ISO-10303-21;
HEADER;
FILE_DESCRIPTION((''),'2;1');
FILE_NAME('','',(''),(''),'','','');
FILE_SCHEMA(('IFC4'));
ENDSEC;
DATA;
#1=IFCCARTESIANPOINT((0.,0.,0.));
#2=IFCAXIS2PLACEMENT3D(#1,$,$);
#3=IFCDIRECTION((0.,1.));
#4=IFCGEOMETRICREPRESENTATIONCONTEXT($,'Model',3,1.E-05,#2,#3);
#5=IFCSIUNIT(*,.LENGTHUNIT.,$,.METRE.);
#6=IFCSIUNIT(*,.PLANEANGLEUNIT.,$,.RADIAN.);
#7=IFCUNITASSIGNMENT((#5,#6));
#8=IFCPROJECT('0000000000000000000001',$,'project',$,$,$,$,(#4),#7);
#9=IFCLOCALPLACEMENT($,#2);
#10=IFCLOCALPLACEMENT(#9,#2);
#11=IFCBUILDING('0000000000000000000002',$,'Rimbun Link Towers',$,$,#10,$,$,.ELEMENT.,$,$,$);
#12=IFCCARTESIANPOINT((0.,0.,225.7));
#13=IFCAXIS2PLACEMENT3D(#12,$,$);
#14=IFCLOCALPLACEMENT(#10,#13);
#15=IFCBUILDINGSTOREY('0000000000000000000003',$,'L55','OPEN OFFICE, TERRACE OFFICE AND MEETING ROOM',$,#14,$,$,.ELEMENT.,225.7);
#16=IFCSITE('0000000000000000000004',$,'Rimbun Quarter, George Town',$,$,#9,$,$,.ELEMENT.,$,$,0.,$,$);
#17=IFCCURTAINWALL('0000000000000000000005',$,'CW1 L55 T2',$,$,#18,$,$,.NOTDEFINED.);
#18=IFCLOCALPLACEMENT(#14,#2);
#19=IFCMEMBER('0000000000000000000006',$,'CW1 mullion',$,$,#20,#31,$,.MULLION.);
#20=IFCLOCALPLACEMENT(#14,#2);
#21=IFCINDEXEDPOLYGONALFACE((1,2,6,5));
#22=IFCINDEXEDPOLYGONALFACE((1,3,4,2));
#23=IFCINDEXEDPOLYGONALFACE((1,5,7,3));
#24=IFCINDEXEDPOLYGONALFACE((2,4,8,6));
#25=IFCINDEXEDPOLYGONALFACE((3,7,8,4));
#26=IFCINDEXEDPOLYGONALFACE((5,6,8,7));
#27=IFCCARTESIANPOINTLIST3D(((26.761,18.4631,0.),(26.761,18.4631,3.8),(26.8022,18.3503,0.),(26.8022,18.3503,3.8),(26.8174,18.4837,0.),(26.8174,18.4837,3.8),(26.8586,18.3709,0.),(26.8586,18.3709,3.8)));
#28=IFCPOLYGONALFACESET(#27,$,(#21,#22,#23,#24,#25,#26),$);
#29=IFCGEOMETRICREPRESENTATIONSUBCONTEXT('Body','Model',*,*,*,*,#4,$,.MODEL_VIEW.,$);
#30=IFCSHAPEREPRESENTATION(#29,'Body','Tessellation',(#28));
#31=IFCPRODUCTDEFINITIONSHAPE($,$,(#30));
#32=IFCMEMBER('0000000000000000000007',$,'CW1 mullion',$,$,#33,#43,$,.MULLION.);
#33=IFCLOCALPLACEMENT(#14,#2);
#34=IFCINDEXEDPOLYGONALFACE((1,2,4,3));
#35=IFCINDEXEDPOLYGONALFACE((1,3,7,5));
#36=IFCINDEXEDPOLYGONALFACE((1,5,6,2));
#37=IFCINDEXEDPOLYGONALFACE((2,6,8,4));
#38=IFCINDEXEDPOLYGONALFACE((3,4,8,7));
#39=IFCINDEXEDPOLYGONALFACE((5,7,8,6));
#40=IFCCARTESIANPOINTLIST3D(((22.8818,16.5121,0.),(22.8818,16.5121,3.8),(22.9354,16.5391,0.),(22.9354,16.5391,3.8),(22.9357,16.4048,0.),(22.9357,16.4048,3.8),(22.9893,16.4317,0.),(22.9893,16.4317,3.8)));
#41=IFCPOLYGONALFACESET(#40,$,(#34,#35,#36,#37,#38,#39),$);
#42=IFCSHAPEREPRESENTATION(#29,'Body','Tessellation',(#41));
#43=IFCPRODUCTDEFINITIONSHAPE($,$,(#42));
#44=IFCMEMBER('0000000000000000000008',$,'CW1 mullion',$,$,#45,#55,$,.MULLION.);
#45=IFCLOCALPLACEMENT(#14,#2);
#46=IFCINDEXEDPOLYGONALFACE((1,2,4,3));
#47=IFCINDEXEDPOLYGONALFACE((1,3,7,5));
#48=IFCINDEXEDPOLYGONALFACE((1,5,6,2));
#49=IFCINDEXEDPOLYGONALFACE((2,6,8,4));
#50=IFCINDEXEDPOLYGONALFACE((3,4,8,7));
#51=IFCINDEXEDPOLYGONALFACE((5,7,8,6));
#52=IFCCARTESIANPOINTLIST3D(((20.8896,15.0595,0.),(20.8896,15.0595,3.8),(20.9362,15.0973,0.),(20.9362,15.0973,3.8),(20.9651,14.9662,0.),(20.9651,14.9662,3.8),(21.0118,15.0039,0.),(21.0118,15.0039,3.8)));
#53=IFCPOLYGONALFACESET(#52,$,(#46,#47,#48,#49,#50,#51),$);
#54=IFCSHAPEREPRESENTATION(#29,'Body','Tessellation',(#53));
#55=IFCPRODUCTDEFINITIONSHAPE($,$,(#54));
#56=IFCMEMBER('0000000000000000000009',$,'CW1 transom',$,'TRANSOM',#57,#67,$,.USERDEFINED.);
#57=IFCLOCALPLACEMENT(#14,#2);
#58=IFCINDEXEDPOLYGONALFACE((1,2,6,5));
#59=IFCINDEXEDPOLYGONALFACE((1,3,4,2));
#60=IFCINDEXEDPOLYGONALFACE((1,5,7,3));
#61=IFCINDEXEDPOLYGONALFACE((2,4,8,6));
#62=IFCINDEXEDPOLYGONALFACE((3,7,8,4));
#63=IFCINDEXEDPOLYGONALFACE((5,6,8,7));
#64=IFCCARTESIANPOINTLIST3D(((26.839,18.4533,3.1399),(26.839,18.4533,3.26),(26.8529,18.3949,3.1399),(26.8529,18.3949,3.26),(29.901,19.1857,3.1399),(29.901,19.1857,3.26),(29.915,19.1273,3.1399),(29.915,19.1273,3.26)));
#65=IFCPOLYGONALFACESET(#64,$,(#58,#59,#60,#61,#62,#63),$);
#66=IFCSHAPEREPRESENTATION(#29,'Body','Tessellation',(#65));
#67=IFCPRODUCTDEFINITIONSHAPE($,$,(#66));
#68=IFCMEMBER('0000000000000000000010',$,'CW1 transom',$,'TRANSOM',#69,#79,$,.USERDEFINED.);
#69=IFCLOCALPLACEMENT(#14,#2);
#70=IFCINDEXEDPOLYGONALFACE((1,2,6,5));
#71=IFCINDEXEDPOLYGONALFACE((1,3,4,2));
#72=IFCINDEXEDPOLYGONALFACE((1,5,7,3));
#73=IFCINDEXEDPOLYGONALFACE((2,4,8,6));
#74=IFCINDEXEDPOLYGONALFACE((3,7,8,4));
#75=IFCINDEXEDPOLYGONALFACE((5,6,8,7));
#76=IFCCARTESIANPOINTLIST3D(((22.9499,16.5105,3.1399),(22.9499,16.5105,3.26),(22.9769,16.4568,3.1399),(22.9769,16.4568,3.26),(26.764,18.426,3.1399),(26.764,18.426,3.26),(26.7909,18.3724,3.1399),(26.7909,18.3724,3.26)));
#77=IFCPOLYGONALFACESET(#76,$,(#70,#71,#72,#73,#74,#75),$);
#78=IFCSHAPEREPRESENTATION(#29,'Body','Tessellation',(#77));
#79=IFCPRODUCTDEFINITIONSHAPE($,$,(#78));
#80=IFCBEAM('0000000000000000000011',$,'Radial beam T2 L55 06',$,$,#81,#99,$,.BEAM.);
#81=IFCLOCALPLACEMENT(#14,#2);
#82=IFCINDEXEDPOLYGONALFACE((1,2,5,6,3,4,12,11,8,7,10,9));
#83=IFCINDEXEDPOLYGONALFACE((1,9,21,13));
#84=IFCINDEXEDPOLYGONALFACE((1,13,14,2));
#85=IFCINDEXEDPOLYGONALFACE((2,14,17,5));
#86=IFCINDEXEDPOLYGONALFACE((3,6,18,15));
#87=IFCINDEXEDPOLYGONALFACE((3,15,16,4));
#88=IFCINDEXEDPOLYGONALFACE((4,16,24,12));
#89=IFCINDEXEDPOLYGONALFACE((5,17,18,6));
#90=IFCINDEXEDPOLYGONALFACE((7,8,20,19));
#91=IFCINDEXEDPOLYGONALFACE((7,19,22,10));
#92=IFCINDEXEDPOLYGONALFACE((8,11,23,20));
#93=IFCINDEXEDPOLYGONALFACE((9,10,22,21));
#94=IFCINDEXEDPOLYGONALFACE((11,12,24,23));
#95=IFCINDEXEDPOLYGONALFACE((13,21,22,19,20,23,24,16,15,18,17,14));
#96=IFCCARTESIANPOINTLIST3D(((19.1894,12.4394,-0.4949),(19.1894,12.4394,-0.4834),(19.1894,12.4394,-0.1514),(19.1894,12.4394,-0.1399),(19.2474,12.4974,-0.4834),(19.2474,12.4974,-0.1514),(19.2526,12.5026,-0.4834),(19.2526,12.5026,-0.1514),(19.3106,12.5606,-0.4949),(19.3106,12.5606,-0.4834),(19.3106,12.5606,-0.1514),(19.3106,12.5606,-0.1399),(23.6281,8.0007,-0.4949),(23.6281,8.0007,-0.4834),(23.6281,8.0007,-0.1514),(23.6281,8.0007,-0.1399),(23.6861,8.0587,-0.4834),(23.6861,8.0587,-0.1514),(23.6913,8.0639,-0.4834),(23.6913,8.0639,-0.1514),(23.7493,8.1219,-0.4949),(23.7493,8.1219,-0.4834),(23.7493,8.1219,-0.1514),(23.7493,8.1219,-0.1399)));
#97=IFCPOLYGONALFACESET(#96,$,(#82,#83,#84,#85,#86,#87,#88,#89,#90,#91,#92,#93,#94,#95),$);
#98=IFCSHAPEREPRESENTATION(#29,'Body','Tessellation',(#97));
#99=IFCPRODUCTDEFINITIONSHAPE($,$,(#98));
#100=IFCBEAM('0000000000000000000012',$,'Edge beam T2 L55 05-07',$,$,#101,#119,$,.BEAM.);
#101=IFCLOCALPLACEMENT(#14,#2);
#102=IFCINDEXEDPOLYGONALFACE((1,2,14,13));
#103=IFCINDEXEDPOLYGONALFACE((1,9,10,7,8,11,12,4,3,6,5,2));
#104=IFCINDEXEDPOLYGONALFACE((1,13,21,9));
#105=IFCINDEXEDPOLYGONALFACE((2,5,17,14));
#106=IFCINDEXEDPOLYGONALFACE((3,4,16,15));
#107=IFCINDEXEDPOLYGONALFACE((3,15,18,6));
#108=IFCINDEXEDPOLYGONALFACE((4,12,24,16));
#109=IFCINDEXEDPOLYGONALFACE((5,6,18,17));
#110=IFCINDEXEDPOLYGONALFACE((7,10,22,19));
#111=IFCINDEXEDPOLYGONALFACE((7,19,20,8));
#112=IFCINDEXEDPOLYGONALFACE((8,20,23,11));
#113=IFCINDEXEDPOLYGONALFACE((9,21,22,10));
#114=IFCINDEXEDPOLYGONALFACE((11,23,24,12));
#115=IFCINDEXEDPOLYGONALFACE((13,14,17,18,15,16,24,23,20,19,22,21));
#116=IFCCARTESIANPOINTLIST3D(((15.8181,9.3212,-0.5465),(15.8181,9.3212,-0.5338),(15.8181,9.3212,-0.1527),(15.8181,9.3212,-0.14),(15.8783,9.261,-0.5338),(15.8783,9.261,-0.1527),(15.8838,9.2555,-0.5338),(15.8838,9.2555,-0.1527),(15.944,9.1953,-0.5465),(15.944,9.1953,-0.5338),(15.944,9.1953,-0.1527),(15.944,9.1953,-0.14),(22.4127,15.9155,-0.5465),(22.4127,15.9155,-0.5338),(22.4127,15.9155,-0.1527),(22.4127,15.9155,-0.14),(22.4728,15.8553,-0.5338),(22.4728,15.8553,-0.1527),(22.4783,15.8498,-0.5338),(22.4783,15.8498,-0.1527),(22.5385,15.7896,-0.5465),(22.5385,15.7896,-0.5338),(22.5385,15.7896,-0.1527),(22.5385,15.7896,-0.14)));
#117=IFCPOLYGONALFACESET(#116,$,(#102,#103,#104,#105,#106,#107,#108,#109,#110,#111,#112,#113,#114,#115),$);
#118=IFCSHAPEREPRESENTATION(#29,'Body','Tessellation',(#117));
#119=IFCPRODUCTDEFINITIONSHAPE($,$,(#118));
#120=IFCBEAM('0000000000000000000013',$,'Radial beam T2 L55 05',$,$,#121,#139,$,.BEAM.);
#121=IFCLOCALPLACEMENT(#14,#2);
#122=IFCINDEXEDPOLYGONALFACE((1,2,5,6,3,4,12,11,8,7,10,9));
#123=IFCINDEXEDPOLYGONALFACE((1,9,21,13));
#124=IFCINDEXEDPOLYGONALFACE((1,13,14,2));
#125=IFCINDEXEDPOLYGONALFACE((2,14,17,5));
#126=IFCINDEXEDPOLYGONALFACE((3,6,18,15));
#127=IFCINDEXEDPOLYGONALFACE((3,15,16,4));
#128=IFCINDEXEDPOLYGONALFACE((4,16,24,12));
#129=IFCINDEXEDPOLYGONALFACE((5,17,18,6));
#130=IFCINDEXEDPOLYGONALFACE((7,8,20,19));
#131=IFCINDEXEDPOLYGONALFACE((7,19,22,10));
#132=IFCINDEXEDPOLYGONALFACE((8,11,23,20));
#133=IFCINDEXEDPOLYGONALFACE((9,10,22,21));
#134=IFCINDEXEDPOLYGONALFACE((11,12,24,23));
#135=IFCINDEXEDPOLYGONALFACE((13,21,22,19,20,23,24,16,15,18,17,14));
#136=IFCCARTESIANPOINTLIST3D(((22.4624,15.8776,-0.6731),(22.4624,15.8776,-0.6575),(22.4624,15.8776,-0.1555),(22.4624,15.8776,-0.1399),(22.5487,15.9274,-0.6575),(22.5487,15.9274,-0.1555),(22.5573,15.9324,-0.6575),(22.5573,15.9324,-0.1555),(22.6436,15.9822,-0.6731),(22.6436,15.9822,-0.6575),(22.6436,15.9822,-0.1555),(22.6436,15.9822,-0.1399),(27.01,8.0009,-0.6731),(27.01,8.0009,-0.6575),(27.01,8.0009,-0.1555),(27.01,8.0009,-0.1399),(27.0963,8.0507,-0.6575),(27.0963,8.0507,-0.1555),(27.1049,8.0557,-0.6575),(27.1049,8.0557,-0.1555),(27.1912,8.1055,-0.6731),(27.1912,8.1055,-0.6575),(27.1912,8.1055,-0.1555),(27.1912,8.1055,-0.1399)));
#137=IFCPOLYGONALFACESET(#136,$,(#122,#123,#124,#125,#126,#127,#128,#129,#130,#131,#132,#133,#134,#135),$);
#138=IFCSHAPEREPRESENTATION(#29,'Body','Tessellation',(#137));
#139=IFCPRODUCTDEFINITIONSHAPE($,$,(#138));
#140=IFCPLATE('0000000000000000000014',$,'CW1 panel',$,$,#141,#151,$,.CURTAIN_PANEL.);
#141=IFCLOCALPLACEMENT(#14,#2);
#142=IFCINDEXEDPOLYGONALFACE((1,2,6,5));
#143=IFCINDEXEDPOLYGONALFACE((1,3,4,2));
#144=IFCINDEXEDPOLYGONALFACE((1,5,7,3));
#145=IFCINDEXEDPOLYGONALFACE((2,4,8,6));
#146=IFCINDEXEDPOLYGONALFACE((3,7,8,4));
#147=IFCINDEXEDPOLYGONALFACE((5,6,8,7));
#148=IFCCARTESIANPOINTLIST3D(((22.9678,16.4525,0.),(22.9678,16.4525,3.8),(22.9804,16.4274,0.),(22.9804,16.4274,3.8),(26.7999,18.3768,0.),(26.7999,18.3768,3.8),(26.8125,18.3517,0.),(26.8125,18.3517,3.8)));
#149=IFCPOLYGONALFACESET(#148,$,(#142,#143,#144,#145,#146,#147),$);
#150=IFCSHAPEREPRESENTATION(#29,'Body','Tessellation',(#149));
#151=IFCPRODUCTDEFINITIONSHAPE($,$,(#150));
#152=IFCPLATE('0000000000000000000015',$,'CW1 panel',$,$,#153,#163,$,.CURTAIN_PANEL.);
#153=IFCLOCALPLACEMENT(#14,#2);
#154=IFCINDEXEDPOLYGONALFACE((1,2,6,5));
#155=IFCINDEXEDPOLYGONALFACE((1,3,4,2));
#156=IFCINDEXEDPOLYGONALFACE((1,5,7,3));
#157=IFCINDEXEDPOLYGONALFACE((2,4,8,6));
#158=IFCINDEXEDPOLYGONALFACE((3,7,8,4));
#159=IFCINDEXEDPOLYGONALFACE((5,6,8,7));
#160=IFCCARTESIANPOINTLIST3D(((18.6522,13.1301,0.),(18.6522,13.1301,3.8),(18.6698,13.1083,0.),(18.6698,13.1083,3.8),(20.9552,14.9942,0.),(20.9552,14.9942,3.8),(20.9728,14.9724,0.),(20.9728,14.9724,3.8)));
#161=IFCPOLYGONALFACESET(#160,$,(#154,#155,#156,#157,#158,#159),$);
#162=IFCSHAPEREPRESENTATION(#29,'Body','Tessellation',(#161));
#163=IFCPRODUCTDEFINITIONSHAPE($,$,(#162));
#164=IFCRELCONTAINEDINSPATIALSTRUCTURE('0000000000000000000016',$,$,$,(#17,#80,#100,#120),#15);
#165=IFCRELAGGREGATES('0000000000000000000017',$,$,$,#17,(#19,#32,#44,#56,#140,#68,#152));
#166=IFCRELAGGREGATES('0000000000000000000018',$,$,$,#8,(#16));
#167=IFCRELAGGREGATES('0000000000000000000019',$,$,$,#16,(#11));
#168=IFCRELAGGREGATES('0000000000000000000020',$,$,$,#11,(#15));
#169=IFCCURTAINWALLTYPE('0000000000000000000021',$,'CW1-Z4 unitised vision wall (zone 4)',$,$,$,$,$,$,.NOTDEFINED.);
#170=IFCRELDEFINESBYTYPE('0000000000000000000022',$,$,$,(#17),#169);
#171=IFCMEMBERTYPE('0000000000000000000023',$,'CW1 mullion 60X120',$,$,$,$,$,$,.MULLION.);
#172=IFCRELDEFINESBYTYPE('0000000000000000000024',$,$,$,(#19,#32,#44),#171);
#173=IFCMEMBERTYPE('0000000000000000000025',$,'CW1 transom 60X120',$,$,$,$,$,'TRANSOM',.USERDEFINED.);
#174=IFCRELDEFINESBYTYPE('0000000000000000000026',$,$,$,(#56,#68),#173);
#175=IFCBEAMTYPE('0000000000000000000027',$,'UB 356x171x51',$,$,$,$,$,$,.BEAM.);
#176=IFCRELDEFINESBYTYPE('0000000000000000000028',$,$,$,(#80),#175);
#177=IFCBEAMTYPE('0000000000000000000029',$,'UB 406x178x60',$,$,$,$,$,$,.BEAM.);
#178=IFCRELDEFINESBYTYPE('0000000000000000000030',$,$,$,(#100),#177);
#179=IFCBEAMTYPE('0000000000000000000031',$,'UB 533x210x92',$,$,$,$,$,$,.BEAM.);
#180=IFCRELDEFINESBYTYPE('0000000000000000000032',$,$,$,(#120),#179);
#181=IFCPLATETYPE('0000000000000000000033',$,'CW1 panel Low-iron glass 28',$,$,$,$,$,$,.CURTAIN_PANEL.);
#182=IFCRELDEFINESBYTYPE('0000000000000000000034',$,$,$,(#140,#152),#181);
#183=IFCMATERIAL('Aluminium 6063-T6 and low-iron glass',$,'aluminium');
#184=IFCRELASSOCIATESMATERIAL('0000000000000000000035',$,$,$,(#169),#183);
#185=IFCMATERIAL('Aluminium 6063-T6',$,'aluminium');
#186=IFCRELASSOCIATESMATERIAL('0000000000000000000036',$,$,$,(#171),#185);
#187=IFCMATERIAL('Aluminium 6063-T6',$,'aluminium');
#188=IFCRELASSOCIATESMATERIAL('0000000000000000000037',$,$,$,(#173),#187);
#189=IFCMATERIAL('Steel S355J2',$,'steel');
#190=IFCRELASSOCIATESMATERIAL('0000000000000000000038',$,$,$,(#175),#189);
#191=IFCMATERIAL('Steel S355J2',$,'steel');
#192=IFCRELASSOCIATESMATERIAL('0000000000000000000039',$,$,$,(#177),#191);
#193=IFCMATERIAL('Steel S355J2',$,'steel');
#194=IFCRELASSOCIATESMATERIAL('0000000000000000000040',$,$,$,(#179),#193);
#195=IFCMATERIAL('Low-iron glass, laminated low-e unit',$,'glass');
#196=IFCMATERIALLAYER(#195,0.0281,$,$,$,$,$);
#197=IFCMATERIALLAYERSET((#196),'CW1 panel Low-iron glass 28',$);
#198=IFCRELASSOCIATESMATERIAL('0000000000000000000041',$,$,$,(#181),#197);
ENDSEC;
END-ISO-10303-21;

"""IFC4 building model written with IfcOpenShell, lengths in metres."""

from ifc_helpers import new_model, si_unit, direction, frame, origin, origin_2d, place, context, subcontext, project, spatial, rectangle, i_section, extrude, material, layer, layer_set, material_profile, profile_set, type_object, element, aggregate, save


model = new_model("IFC4")

# Units and contexts
model_context = context("Model", 3, precision=1e-05, world=origin(), true_north=direction((0.0, 1.0)))
body_context = subcontext(model_context, "Body", "Model", "MODEL_VIEW")
ifc_project = project(units=[si_unit("LENGTHUNIT", "METRE"), si_unit("PLANEANGLEUNIT", "RADIAN")], contexts=[model_context])

# Site, building, storey
site_placement = place(None, origin())
site = spatial("IfcSite", under=ifc_project, at=site_placement, Name="Rimbun Quarter, George Town", CompositionType="ELEMENT", RefElevation=0.0)
building_placement = place(site_placement, origin())
building = spatial("IfcBuilding", under=site, at=building_placement, Name="Rimbun Link Towers", CompositionType="ELEMENT")
storey_placement = place(building_placement, frame((0.0, 0.0, 225.7)))
storey = spatial("IfcBuildingStorey", under=building, at=storey_placement, Name="L55", Description="OPEN OFFICE, TERRACE OFFICE AND MEETING ROOM", CompositionType="ELEMENT", Elevation=225.7)

# Curtain wall, members
ifc_material_1 = material(Name="Aluminium 6063-T6 and low-iron glass", Category="aluminium")
curtain_wall_type = type_object("IfcCurtainWallType", Name="CW1-Z4 unitised vision wall (zone 4)", PredefinedType="NOTDEFINED", material=ifc_material_1)
curtain_wall_placement = place(storey_placement, origin())
curtain_wall = element("IfcCurtainWall", 1, at=curtain_wall_placement, inside=storey, type_object=curtain_wall_type, Name="CW1 L55 T2", PredefinedType="NOTDEFINED")
ifc_material_2 = material(Name="Aluminium 6063-T6", Category="aluminium")
ifc_material_profile_1 = material_profile(ifc_material_2, rectangle(XDim=0.1201, YDim=0.0601, at=origin_2d()), Name="MULLION 60X120")
ifc_profile_set_1 = profile_set([ifc_material_profile_1], Name="Aluminium 6063-T6")
member_type_1 = type_object("IfcMemberType", Name="CW1 mullion 60X120", PredefinedType="MULLION", material=ifc_profile_set_1)
member_1_placement = place(storey_placement, frame((26.8098, 18.417, 0.0), z_axis=(0.0, 0.0, 1.0), x_axis=(-0.342964, 0.939348, 0.0)))
member_1 = element("IfcMember", 2, at=member_1_placement, type_object=member_type_1, Name="CW1 mullion", PredefinedType="MULLION", context=body_context, shape_type="SweptSolid", body=[
    extrude(rectangle(XDim=0.1201, YDim=0.0601, at=origin_2d()), origin(), (0.0, 0.0, 1.0), 3.8),
])
member_2_placement = place(storey_placement, frame((22.9355, 16.4719, 0.0), z_axis=(0.0, 0.0, 1.0), x_axis=(-0.448771, 0.893647, 0.0)))
member_2 = element("IfcMember", 3, at=member_2_placement, type_object=member_type_1, Name="CW1 mullion", PredefinedType="MULLION", context=body_context, shape_type="SweptSolid", body=[
    extrude(rectangle(XDim=0.1201, YDim=0.0601, at=origin_2d()), origin(), (0.0, 0.0, 1.0), 3.8),
])
member_3_placement = place(storey_placement, frame((20.9507, 15.0317, 0.0), z_axis=(0.0, 0.0, 1.0), x_axis=(-0.62916, 0.777276, 0.0)))
member_3 = element("IfcMember", 4, at=member_3_placement, type_object=member_type_1, Name="CW1 mullion", PredefinedType="MULLION", context=body_context, shape_type="SweptSolid", body=[
    extrude(rectangle(XDim=0.1201, YDim=0.0601, at=origin_2d()), origin(), (0.0, 0.0, 1.0), 3.8),
])
ifc_material_3 = material(Name="Aluminium 6063-T6", Category="aluminium")
ifc_material_profile_2 = material_profile(ifc_material_3, rectangle(XDim=0.0601, YDim=0.1201, at=origin_2d()), Name="TRANSOM 60X120")
ifc_profile_set_2 = profile_set([ifc_material_profile_2], Name="Aluminium 6063-T6")
member_type_2 = type_object("IfcMemberType", Name="CW1 transom 60X120", ElementType="TRANSOM", PredefinedType="USERDEFINED", material=ifc_profile_set_2)
member_4_placement = place(storey_placement, frame((26.8459, 18.4241, 3.2), z_axis=(0.972564, 0.232634, 0.0), x_axis=(-0.232634, 0.972564, 0.0)))
member_4 = element("IfcMember", 5, at=member_4_placement, type_object=member_type_2, Name="CW1 transom", ObjectType="TRANSOM", PredefinedType="USERDEFINED", context=body_context, shape_type="SweptSolid", body=[
    extrude(rectangle(XDim=0.0601, YDim=0.1201, at=origin_2d()), origin(), (0.0, 0.0, 1.0), 3.1484),
])
member_5_placement = place(storey_placement, frame((22.9634, 16.4836, 3.2), z_axis=(0.893625, 0.448815, 0.0), x_axis=(-0.448815, 0.893625, 0.0)))
member_5 = element("IfcMember", 6, at=member_5_placement, type_object=member_type_2, Name="CW1 transom", ObjectType="TRANSOM", PredefinedType="USERDEFINED", context=body_context, shape_type="SweptSolid", body=[
    extrude(rectangle(XDim=0.0601, YDim=0.1201, at=origin_2d()), origin(), (0.0, 0.0, 1.0), 4.2681),
])

# Beams
ifc_material_4 = material(Name="Steel S355J2", Category="steel")
ifc_material_profile_3 = material_profile(ifc_material_4, i_section(OverallWidth=0.1714, OverallDepth=0.355, WebThickness=0.0073, FlangeThickness=0.0115, at=origin_2d()), Name="UB 356x171x51")
ifc_profile_set_3 = profile_set([ifc_material_profile_3], Name="Steel S355J2")
beam_type_1 = type_object("IfcBeamType", Name="UB 356x171x51", PredefinedType="BEAM", material=ifc_profile_set_3)
beam_1_placement = place(storey_placement, frame((23.6887, 8.0613, -0.3174), z_axis=(-0.707107, 0.707107, 0.0), x_axis=(-0.707107, -0.707107, 0.0)))
element("IfcBeam", 7, at=beam_1_placement, inside=storey, type_object=beam_type_1, Name="Radial beam T2 L55 06", PredefinedType="BEAM", context=body_context, shape_type="SweptSolid", body=[
    extrude(i_section(OverallWidth=0.1714, OverallDepth=0.355, WebThickness=0.0073, FlangeThickness=0.0115, at=origin_2d()), origin(), (0.0, 0.0, 1.0), 6.2773),
])
ifc_material_5 = material(Name="Steel S355J2", Category="steel")
ifc_material_profile_4 = material_profile(ifc_material_5, i_section(OverallWidth=0.178, OverallDepth=0.4065, WebThickness=0.0078, FlangeThickness=0.0127, at=origin_2d()), Name="UB 406x178x60")
ifc_profile_set_4 = profile_set([ifc_material_profile_4], Name="Steel S355J2")
beam_type_2 = type_object("IfcBeamType", Name="UB 406x178x60", PredefinedType="BEAM", material=ifc_profile_set_4)
beam_2_placement = place(storey_placement, frame((22.4756, 15.8525, -0.3433), z_axis=(-0.70712, -0.707094, 0.0), x_axis=(0.707094, -0.70712, 0.0)))
element("IfcBeam", 8, at=beam_2_placement, inside=storey, type_object=beam_type_2, Name="Edge beam T2 L55 05-07", PredefinedType="BEAM", context=body_context, shape_type="SweptSolid", body=[
    extrude(i_section(OverallWidth=0.178, OverallDepth=0.4065, WebThickness=0.0078, FlangeThickness=0.0127, at=origin_2d()), origin(), (0.0, 0.0, 1.0), 9.3259),
])
ifc_material_6 = material(Name="Steel S355J2", Category="steel")
ifc_material_profile_5 = material_profile(ifc_material_6, i_section(OverallWidth=0.2092, OverallDepth=0.5332, WebThickness=0.01, FlangeThickness=0.0156, at=origin_2d()), Name="UB 533x210x92")
ifc_profile_set_5 = profile_set([ifc_material_profile_5], Name="Steel S355J2")
beam_type_3 = type_object("IfcBeamType", Name="UB 533x210x92", PredefinedType="BEAM", material=ifc_profile_set_5)
beam_3_placement = place(storey_placement, frame((27.1006, 8.0532, -0.4065), z_axis=(-0.499999, 0.866026, 0.0), x_axis=(-0.866026, -0.499999, 0.0)))
element("IfcBeam", 9, at=beam_3_placement, inside=storey, type_object=beam_type_3, Name="Radial beam T2 L55 05", PredefinedType="BEAM", context=body_context, shape_type="SweptSolid", body=[
    extrude(i_section(OverallWidth=0.2092, OverallDepth=0.5332, WebThickness=0.01, FlangeThickness=0.0156, at=origin_2d()), origin(), (0.0, 0.0, 1.0), 9.0952),
])

# Plates
ifc_material_7 = material(Name="Low-iron glass, laminated low-e unit", Category="glass")
ifc_layer_1 = layer(ifc_material_7, 0.0281)
ifc_layer_set_1 = layer_set([ifc_layer_1], Name="CW1 panel Low-iron glass 28")
plate_type = type_object("IfcPlateType", Name="CW1 panel Low-iron glass 28", PredefinedType="CURTAIN_PANEL", material=ifc_layer_set_1)
plate_1_placement = place(storey_placement, frame((24.8901, 17.4021, 0.0), z_axis=(0.0, 0.0, 1.0), x_axis=(0.893647, 0.448771, 0.0)))
plate_1 = element("IfcPlate", 10, at=plate_1_placement, type_object=plate_type, Name="CW1 panel", PredefinedType="CURTAIN_PANEL", context=body_context, shape_type="SweptSolid", body=[
    extrude(rectangle(XDim=4.2881, YDim=0.0281, at=origin_2d()), origin(), (0.0, 0.0, 1.0), 3.8),
])
plate_2_placement = place(storey_placement, frame((19.8125, 14.0513, 0.0), z_axis=(0.0, 0.0, 1.0), x_axis=(0.777276, 0.62916, 0.0)))
plate_2 = element("IfcPlate", 11, at=plate_2_placement, type_object=plate_type, Name="CW1 panel", PredefinedType="CURTAIN_PANEL", context=body_context, shape_type="SweptSolid", body=[
    extrude(rectangle(XDim=2.9629, YDim=0.0281, at=origin_2d()), origin(), (0.0, 0.0, 1.0), 3.8),
])
aggregate(curtain_wall, [member_1, member_2, member_3, member_4, plate_1, member_5, plate_2])

save(model, "model.ifc")
